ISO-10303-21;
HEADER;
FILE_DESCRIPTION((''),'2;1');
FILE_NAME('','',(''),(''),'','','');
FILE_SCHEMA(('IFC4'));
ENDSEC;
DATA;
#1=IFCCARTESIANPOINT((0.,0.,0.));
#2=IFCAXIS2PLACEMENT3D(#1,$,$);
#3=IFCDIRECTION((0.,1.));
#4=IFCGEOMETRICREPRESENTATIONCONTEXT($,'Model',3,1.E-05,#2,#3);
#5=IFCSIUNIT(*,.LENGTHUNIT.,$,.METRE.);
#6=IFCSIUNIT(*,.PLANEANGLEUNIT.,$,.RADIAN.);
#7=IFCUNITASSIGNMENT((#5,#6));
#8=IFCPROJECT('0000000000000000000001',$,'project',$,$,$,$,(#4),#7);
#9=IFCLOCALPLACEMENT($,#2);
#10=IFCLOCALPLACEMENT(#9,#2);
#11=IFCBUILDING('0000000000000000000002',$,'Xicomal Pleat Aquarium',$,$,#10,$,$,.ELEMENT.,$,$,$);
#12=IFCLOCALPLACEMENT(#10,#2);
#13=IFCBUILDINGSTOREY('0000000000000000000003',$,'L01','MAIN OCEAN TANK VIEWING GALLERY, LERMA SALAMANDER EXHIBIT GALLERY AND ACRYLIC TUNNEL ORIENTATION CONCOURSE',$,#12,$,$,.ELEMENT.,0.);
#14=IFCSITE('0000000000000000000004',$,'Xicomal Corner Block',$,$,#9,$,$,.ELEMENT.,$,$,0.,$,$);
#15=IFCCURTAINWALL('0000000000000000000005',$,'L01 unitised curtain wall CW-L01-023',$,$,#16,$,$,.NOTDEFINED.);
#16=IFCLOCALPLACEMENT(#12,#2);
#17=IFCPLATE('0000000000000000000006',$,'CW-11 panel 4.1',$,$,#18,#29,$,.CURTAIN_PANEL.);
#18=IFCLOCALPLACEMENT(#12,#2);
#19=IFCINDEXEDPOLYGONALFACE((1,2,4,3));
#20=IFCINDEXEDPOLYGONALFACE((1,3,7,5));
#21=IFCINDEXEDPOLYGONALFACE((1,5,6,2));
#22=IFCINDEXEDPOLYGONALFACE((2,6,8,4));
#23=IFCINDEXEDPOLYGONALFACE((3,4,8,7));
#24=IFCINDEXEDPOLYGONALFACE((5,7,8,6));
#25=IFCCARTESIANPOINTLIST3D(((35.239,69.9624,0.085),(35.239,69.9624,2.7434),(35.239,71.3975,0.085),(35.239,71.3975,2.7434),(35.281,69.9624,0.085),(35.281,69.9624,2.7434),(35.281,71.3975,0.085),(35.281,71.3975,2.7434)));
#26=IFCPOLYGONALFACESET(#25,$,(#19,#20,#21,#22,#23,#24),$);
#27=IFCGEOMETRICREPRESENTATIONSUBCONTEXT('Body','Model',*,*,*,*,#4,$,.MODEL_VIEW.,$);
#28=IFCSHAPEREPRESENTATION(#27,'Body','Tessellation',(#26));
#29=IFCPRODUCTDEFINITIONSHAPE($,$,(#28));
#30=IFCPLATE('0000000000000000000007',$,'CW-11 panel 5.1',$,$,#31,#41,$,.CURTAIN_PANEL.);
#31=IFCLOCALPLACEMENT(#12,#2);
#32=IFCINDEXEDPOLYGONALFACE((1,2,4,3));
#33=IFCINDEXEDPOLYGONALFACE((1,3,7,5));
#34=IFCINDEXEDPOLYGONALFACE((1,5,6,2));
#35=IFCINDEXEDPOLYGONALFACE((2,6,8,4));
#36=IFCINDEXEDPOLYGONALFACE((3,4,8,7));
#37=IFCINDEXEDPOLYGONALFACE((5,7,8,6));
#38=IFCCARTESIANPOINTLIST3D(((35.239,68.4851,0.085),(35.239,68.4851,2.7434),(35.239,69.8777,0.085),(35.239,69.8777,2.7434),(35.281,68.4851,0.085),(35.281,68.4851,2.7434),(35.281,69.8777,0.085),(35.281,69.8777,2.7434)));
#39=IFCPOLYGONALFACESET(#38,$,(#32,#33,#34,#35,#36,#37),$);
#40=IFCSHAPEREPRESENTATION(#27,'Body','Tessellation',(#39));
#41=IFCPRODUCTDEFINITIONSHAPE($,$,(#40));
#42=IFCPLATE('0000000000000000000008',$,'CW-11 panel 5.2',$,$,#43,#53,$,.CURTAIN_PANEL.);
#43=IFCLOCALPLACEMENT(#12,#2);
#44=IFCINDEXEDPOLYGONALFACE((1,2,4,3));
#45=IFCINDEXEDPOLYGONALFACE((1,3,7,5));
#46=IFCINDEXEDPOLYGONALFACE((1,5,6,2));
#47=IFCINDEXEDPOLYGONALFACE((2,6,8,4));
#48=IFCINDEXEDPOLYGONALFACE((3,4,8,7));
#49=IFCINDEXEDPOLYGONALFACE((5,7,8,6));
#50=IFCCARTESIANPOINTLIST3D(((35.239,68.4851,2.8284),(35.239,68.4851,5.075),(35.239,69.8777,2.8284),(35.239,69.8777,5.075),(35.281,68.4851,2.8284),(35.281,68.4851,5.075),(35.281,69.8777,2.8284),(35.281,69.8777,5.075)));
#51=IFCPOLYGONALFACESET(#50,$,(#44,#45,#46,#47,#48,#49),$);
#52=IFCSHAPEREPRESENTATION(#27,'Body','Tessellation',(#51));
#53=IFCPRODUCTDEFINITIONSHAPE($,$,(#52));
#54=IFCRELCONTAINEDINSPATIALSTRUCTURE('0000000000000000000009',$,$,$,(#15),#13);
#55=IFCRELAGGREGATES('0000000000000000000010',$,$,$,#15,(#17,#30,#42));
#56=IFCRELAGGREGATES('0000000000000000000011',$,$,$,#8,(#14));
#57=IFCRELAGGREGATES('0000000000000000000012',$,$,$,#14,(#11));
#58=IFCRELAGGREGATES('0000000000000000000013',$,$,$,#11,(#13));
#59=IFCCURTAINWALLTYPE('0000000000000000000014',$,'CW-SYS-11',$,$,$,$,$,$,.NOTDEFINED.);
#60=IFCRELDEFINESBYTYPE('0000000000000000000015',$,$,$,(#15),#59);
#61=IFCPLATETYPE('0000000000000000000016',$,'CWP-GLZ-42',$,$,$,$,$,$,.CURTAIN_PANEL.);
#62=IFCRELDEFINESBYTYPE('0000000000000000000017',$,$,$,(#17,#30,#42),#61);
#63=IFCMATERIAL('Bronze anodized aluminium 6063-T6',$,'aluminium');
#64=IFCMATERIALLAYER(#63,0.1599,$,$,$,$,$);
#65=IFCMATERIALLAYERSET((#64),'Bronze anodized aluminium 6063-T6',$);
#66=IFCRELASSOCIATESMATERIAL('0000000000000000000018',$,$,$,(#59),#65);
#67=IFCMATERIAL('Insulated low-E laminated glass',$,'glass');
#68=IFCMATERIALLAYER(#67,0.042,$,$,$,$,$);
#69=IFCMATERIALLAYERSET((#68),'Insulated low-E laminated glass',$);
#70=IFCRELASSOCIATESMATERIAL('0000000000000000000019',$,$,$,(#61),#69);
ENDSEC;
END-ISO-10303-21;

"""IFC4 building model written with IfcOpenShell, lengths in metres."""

from ifc_helpers import new_model, si_unit, direction, frame, origin, origin_2d, place, context, subcontext, project, spatial, rectangle, extrude, material, layer, layer_set, type_object, element, aggregate, save


model = new_model("IFC4")

# Units and contexts
model_context = context("Model", 3, precision=1e-05, world=origin(), true_north=direction((0.0, 1.0)))
body_context = subcontext(model_context, "Body", "Model", "MODEL_VIEW")
ifc_project = project(units=[si_unit("LENGTHUNIT", "METRE"), si_unit("PLANEANGLEUNIT", "RADIAN")], contexts=[model_context])

# Site, building, storey
site_placement = place(None, origin())
site = spatial("IfcSite", under=ifc_project, at=site_placement, Name="Xicomal Corner Block", CompositionType="ELEMENT", RefElevation=0.0)
building_placement = place(site_placement, origin())
building = spatial("IfcBuilding", under=site, at=building_placement, Name="Xicomal Pleat Aquarium", CompositionType="ELEMENT")
storey_placement = place(building_placement, origin())
storey = spatial("IfcBuildingStorey", under=building, at=storey_placement, Name="L01", Description="MAIN OCEAN TANK VIEWING GALLERY, LERMA SALAMANDER EXHIBIT GALLERY AND ACRYLIC TUNNEL ORIENTATION CONCOURSE", CompositionType="ELEMENT", Elevation=0.0)

# Curtain wall
ifc_material_1 = material(Name="Bronze anodized aluminium 6063-T6", Category="aluminium")
ifc_layer_1 = layer(ifc_material_1, 0.1599)
ifc_layer_set_1 = layer_set([ifc_layer_1], Name="Bronze anodized aluminium 6063-T6")
curtain_wall_type_1 = type_object("IfcCurtainWallType", Name="CW-SYS-11", PredefinedType="NOTDEFINED", material=ifc_layer_set_1)
curtain_wall_1_placement = place(storey_placement, origin())
curtain_wall_1 = element("IfcCurtainWall", 1, at=curtain_wall_1_placement, inside=storey, type_object=curtain_wall_type_1, Name="L01 unitised curtain wall CW-L01-023", PredefinedType="NOTDEFINED")

# Plates
ifc_material_2 = material(Name="Insulated low-E laminated glass", Category="glass")
ifc_layer_2 = layer(ifc_material_2, 0.042)
ifc_layer_set_2 = layer_set([ifc_layer_2], Name="Insulated low-E laminated glass")
plate_type_1 = type_object("IfcPlateType", Name="CWP-GLZ-42", PredefinedType="CURTAIN_PANEL", material=ifc_layer_set_2)
plate_1_placement = place(storey_placement, frame((35.26, 70.6799, 0.085), z_axis=(0.0, 0.0, 1.0), x_axis=(0.0, -1.0, 0.0)))
plate_1 = element("IfcPlate", 2, at=plate_1_placement, type_object=plate_type_1, Name="CW-11 panel 4.1", PredefinedType="CURTAIN_PANEL", context=body_context, shape_type="SweptSolid", body=[
    extrude(rectangle(XDim=1.4351, YDim=0.042, at=origin_2d()), origin(), (0.0, 0.0, 1.0), 2.6584),
])
plate_2_placement = place(storey_placement, frame((35.26, 69.1814, 0.085), z_axis=(0.0, 0.0, 1.0), x_axis=(0.0, -1.0, 0.0)))
plate_2 = element("IfcPlate", 3, at=plate_2_placement, type_object=plate_type_1, Name="CW-11 panel 5.1", PredefinedType="CURTAIN_PANEL", context=body_context, shape_type="SweptSolid", body=[
    extrude(rectangle(XDim=1.3926, YDim=0.042, at=origin_2d()), origin(), (0.0, 0.0, 1.0), 2.6584),
])
plate_3_placement = place(storey_placement, frame((35.26, 69.1814, 2.8284), z_axis=(0.0, 0.0, 1.0), x_axis=(0.0, -1.0, 0.0)))
plate_3 = element("IfcPlate", 4, at=plate_3_placement, type_object=plate_type_1, Name="CW-11 panel 5.2", PredefinedType="CURTAIN_PANEL", context=body_context, shape_type="SweptSolid", body=[
    extrude(rectangle(XDim=1.3926, YDim=0.042, at=origin_2d()), origin(), (0.0, 0.0, 1.0), 2.2466),
])
aggregate(curtain_wall_1, [plate_1, plate_2, plate_3])

save(model, "model.ifc")
